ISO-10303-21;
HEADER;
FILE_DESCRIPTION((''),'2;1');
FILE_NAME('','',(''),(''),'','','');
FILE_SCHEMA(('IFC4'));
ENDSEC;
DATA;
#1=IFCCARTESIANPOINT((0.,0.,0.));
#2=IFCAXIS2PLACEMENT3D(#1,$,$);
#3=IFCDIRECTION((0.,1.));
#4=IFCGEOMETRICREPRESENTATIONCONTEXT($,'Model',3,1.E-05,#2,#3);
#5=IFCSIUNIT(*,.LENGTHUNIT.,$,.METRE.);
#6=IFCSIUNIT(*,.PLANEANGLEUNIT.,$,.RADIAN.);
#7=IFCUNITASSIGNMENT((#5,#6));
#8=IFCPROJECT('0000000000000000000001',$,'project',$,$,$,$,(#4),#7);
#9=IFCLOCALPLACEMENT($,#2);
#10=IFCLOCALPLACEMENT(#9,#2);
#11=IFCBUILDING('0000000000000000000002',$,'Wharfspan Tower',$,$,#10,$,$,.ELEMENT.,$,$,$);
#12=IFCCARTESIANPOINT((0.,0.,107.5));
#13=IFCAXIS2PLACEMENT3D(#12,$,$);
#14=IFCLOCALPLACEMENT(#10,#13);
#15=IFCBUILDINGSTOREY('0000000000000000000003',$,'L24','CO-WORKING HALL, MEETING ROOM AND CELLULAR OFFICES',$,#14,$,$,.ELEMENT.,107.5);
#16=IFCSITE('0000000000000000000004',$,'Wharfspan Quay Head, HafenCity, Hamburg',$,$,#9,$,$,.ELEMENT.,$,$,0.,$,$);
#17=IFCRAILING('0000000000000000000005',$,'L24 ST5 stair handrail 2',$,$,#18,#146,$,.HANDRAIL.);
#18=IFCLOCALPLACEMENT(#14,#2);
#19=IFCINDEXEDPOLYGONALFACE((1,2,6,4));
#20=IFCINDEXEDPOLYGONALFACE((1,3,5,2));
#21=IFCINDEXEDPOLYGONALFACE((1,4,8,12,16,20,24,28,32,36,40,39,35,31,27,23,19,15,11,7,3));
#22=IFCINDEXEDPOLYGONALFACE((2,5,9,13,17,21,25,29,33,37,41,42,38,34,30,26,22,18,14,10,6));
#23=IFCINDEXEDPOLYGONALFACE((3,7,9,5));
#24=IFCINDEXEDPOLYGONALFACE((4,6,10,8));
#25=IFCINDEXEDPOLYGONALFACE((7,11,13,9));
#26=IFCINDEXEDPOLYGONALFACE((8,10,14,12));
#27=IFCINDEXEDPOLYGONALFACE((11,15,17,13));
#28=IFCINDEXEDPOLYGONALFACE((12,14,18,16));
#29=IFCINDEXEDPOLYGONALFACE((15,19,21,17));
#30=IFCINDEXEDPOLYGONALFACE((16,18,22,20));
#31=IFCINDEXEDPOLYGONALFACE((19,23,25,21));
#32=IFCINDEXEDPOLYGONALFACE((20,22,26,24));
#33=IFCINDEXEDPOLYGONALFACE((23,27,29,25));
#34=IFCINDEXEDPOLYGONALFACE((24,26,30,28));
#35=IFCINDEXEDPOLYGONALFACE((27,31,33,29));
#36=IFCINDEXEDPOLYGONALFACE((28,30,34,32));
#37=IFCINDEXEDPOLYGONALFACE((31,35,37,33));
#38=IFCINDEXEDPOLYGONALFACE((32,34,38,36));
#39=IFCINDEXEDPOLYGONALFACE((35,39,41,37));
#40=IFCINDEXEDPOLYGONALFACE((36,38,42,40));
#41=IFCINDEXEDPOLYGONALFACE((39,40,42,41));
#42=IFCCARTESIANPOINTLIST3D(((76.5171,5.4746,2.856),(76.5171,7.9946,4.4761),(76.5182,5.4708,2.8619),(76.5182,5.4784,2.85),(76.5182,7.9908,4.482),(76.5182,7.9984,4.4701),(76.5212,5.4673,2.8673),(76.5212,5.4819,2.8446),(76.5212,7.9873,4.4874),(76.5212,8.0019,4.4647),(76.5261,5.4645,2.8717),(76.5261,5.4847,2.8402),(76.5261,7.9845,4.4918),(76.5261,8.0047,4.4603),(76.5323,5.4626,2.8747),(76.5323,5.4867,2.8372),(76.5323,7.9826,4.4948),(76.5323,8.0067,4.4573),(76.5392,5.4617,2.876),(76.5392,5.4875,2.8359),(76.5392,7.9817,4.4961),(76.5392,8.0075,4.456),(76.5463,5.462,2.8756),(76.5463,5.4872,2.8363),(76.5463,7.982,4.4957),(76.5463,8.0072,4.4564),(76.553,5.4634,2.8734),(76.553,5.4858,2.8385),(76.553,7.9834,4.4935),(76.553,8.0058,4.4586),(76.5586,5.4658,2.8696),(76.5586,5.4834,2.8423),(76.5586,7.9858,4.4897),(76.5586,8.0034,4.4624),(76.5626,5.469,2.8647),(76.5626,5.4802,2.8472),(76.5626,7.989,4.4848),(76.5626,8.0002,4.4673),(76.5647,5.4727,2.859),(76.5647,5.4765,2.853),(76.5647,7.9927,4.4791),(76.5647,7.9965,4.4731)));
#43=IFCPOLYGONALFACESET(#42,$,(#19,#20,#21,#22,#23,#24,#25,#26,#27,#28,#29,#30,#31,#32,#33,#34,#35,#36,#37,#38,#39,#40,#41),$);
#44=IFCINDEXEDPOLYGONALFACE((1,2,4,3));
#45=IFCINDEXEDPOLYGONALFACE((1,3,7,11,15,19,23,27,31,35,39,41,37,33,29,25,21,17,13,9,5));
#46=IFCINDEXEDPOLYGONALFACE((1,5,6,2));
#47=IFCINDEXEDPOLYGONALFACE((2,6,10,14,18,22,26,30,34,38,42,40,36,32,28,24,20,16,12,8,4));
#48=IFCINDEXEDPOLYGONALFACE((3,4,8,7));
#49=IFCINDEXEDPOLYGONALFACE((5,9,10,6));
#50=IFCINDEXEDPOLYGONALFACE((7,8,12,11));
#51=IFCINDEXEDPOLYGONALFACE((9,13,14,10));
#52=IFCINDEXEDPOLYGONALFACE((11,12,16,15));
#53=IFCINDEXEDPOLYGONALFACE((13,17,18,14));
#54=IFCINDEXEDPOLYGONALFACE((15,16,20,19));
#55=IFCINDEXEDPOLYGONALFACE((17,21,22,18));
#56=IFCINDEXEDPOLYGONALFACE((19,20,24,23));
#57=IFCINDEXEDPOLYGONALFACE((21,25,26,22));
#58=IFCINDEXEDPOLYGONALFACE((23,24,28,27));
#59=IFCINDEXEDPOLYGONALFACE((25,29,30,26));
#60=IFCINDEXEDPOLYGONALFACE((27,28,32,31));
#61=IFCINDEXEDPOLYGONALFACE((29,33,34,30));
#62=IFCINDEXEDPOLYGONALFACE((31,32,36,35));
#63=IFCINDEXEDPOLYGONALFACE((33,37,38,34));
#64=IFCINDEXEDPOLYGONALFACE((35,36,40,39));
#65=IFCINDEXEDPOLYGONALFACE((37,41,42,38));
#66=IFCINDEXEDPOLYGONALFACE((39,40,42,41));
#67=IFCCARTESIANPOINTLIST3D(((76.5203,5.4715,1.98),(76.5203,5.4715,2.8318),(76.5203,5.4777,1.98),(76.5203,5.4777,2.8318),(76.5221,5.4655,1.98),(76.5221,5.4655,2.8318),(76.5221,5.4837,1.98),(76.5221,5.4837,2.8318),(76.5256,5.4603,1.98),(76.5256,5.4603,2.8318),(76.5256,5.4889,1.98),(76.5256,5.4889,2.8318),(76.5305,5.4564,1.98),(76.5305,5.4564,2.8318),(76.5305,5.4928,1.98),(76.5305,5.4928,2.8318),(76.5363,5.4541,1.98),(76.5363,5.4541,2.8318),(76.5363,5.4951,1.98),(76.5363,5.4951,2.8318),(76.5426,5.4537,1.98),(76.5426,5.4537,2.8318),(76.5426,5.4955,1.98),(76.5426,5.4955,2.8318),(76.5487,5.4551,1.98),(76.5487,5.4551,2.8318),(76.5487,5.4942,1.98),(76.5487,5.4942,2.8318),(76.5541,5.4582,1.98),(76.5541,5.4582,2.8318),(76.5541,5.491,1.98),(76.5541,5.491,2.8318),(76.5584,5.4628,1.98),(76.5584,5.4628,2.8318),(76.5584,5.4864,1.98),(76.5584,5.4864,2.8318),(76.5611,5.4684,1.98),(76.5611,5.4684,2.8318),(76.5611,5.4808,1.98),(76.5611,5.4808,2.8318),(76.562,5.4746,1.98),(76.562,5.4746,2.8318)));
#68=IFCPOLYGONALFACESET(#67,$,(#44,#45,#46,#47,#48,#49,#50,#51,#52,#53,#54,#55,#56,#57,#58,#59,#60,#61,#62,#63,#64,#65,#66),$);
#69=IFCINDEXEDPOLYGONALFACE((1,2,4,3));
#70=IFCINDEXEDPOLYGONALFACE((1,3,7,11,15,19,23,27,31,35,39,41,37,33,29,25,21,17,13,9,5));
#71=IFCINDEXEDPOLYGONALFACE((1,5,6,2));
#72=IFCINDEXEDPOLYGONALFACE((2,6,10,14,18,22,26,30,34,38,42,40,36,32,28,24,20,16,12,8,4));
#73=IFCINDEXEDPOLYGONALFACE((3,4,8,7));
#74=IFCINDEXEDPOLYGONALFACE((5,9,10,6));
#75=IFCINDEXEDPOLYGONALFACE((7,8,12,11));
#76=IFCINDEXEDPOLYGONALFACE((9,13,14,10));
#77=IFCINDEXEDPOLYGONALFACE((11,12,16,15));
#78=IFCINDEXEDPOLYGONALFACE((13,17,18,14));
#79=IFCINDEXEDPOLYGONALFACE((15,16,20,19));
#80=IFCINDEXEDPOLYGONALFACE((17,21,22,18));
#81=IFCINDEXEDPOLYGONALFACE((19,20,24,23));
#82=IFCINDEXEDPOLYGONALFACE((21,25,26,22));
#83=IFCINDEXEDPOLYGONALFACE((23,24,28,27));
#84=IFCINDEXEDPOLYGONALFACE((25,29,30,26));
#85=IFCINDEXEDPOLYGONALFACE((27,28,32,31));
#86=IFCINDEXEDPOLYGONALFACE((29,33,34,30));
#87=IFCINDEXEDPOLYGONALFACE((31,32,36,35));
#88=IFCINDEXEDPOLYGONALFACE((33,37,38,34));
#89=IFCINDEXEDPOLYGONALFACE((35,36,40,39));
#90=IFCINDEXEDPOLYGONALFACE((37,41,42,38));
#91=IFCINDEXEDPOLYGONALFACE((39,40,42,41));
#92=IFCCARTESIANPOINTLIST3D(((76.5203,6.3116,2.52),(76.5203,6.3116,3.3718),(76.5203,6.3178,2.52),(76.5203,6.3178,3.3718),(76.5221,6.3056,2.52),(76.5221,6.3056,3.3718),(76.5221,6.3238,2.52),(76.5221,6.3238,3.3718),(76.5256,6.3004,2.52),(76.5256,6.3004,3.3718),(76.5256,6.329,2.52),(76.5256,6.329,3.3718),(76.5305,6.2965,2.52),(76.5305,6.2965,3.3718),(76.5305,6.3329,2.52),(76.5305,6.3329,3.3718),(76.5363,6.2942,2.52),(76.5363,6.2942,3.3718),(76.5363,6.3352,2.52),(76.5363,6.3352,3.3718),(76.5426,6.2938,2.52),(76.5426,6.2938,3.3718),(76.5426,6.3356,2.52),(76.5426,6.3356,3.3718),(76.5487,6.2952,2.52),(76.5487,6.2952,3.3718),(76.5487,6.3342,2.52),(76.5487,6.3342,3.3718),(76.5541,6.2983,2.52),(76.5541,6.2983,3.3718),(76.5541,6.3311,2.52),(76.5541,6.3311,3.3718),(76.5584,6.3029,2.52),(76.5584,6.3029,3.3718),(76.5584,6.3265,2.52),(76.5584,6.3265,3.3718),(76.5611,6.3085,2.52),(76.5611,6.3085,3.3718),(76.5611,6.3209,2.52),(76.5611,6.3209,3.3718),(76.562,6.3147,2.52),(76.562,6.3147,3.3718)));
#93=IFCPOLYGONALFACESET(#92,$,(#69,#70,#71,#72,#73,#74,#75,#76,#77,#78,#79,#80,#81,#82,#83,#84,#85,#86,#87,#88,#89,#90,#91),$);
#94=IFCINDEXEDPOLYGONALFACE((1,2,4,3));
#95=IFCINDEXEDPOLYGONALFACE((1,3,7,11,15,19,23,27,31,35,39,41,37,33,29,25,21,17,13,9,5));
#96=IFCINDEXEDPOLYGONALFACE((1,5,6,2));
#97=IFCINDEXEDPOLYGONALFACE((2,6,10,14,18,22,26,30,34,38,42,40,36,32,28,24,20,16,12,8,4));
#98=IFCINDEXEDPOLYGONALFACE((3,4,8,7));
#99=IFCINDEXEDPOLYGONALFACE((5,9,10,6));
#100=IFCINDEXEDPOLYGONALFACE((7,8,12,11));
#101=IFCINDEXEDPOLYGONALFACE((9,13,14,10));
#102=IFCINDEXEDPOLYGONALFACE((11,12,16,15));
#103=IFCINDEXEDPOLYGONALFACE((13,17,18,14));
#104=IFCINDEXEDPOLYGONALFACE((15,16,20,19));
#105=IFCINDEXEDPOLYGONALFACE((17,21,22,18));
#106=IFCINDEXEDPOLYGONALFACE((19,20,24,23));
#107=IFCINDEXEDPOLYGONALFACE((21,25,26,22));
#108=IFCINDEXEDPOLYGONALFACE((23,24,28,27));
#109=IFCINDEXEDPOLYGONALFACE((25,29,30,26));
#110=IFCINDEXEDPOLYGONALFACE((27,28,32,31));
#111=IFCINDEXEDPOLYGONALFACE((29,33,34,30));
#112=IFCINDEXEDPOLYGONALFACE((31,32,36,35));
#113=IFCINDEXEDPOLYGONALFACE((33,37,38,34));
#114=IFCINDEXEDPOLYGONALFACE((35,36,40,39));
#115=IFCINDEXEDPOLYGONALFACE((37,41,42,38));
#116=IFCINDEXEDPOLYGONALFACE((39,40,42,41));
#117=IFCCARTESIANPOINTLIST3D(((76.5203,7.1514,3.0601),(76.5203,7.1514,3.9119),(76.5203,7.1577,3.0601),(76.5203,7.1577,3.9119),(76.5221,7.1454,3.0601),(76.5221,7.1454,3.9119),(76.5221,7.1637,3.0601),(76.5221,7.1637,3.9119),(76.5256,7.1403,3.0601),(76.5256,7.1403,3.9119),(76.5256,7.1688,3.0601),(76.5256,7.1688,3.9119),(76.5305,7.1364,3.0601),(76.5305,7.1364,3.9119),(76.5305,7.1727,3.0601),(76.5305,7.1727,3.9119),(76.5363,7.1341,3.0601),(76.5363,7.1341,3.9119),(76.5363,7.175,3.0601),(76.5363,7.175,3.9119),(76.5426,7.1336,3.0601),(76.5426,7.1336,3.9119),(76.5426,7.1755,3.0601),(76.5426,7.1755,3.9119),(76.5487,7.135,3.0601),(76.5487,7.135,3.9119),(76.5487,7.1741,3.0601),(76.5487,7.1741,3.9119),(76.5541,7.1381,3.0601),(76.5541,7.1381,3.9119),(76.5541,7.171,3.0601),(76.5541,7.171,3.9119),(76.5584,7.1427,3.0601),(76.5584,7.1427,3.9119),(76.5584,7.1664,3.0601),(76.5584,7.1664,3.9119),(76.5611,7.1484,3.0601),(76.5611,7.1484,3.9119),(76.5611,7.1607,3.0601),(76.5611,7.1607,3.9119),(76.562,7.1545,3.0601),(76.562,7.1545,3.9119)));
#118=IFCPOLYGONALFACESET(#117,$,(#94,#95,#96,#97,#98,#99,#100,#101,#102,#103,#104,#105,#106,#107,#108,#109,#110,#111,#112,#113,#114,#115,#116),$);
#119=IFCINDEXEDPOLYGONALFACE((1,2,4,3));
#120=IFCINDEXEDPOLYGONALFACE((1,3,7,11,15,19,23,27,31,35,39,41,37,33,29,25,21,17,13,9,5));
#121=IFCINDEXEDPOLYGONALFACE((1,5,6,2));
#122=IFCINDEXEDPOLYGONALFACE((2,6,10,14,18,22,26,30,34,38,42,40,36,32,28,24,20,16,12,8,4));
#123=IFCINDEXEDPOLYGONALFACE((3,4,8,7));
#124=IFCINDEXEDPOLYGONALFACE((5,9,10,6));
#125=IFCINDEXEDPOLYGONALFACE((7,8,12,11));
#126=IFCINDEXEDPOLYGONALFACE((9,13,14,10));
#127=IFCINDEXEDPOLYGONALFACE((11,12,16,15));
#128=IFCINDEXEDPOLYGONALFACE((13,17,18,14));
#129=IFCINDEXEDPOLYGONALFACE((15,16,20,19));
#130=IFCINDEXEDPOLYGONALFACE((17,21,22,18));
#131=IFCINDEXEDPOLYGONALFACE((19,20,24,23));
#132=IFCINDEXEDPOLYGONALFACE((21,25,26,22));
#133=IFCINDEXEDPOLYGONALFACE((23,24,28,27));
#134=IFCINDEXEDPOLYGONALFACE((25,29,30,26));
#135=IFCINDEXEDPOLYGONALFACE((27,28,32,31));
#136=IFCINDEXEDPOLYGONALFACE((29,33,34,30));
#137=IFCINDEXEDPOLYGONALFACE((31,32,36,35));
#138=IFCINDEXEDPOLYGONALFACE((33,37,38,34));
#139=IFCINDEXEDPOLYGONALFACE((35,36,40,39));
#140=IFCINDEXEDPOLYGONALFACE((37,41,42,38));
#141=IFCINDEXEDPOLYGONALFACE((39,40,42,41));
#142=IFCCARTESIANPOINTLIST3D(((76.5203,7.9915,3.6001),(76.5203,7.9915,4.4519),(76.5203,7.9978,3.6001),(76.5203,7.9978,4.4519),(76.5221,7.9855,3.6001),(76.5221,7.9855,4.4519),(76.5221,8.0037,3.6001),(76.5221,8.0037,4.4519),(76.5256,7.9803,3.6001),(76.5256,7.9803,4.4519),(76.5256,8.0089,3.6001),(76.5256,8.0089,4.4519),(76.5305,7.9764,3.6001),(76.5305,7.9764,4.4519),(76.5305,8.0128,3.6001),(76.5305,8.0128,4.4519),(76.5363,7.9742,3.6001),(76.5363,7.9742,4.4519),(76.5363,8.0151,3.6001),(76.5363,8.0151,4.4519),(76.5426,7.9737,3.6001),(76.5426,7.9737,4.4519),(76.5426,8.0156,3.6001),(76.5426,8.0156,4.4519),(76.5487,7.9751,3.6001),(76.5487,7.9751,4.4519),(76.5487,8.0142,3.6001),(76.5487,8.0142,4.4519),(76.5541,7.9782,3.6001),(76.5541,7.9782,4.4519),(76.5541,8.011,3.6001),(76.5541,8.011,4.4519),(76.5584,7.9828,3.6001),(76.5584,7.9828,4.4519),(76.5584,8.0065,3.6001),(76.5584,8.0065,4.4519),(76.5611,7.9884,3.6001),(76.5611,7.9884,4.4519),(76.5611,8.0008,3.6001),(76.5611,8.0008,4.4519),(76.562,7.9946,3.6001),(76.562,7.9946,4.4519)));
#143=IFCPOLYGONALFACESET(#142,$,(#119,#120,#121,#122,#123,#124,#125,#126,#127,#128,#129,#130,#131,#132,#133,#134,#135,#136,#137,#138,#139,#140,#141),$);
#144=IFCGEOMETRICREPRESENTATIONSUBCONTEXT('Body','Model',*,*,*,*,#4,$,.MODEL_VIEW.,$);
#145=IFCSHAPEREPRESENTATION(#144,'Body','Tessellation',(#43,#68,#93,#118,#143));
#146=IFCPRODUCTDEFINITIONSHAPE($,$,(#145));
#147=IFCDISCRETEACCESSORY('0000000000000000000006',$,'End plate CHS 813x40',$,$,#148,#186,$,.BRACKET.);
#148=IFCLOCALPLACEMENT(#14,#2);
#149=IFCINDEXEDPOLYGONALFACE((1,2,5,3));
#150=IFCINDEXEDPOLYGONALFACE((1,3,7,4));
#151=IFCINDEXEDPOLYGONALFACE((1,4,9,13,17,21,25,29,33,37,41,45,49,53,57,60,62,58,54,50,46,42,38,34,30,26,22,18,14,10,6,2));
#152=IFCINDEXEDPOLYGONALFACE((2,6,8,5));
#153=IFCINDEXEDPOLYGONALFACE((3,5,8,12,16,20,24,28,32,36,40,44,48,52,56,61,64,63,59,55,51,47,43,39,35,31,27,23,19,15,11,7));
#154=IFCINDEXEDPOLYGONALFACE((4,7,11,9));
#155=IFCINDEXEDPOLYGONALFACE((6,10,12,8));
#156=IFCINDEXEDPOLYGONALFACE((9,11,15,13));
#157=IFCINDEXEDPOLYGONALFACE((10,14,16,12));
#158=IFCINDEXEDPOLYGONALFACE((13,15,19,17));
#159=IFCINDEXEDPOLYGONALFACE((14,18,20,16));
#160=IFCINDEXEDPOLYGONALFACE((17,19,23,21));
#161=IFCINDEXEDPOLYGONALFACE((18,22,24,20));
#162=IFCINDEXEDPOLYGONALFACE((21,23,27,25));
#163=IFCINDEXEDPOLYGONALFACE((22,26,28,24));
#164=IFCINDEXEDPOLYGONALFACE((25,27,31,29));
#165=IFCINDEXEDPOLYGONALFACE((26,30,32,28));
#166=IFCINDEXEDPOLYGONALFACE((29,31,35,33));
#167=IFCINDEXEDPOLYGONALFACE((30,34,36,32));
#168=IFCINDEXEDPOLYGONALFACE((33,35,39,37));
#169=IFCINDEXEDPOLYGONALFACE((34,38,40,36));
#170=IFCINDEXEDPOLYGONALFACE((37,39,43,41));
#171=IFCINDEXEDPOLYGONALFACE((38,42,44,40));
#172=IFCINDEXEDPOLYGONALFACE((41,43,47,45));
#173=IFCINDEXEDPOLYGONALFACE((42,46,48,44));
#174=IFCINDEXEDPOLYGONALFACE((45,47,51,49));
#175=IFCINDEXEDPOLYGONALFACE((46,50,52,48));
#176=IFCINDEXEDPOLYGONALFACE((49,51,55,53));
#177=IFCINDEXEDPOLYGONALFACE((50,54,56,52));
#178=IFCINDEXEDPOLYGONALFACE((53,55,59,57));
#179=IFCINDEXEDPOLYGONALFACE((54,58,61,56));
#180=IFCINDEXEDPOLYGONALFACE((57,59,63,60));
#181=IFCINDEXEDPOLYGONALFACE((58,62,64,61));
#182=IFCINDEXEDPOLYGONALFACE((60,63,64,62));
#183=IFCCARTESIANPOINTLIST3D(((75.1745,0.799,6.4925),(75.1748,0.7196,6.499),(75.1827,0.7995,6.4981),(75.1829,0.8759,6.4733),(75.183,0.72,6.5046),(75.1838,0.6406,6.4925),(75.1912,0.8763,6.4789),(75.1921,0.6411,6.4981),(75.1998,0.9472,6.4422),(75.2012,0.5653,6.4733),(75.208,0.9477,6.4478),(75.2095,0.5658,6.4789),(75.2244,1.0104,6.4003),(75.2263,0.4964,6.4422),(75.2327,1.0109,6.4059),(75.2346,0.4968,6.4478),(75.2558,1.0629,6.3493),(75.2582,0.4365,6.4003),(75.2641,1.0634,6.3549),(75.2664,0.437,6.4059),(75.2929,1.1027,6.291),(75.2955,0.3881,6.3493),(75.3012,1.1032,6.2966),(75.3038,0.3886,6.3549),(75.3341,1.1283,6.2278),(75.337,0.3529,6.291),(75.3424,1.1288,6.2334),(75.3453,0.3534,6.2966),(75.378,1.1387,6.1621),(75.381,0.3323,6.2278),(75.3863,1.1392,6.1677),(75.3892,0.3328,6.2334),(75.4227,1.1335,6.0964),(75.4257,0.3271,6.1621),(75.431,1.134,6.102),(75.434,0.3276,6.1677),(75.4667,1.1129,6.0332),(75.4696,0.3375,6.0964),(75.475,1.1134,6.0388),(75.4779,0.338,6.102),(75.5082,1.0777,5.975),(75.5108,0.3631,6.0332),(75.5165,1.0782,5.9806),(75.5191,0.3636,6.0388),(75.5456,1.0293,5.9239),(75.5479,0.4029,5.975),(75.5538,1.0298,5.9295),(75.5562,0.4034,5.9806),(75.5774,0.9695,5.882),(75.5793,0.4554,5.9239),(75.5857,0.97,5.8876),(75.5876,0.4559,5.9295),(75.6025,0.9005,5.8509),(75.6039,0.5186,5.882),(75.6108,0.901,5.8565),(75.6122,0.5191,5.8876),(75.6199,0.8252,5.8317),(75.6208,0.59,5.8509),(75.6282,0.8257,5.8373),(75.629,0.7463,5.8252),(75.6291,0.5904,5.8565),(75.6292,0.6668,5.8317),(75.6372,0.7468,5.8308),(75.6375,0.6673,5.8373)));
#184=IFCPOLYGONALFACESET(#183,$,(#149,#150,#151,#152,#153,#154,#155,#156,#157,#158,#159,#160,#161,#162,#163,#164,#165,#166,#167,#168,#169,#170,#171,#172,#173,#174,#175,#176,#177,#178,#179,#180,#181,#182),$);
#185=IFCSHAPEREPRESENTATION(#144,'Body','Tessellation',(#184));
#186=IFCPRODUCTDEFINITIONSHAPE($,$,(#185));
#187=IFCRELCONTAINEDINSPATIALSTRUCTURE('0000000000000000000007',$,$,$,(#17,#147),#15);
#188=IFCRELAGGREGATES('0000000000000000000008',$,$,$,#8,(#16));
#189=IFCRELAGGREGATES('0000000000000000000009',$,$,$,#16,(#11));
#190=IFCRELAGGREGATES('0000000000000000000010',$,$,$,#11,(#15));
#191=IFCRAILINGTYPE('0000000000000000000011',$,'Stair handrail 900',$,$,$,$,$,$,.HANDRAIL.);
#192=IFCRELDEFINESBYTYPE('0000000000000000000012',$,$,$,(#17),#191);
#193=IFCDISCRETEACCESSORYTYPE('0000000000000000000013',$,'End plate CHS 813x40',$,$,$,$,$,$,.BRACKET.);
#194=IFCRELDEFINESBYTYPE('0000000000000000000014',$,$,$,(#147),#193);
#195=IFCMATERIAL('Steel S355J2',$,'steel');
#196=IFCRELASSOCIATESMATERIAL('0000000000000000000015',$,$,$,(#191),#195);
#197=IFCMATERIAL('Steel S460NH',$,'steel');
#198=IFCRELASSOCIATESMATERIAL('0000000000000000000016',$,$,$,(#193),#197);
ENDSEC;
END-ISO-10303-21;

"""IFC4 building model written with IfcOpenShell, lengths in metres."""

from ifc_helpers import new_model, si_unit, direction, frame, origin, origin_2d, place, context, subcontext, project, spatial, circle, extrude, material, material_profile, profile_set, type_object, element, save


model = new_model("IFC4")

# Units and contexts
model_context = context("Model", 3, precision=1e-05, world=origin(), true_north=direction((0.0, 1.0)))
body_context = subcontext(model_context, "Body", "Model", "MODEL_VIEW")
ifc_project = project(units=[si_unit("LENGTHUNIT", "METRE"), si_unit("PLANEANGLEUNIT", "RADIAN")], contexts=[model_context])

# Site, building, storey
site_placement = place(None, origin())
site = spatial("IfcSite", under=ifc_project, at=site_placement, Name="Wharfspan Quay Head, HafenCity, Hamburg", CompositionType="ELEMENT", RefElevation=0.0)
building_placement = place(site_placement, origin())
building = spatial("IfcBuilding", under=site, at=building_placement, Name="Wharfspan Tower", CompositionType="ELEMENT")
storey_placement = place(building_placement, frame((0.0, 0.0, 107.5)))
storey = spatial("IfcBuildingStorey", under=building, at=storey_placement, Name="L24", Description="CO-WORKING HALL, MEETING ROOM AND CELLULAR OFFICES", CompositionType="ELEMENT", Elevation=107.5)

# Shared definitions
ifc_material_1 = material(Name="Steel S355J2", Category="steel")

# Shared definitions
ifc_material_2 = material(Name="Steel S460NH", Category="steel")

# Railing
railing_type_1 = type_object("IfcRailingType", Name="Stair handrail 900", PredefinedType="HANDRAIL", material=ifc_material_1)
railing_1_placement = place(storey_placement, frame((76.541, 5.4746, 1.98)))
element("IfcRailing", 1, at=railing_1_placement, inside=storey, type_object=railing_type_1, Name="L24 ST5 stair handrail 2", PredefinedType="HANDRAIL", context=body_context, shape_type="SweptSolid", body=[
    extrude(circle(Radius=0.0239, at=origin_2d()), frame((0.0, 0.0, 0.876), z_axis=(0.0, 0.841163, 0.540782), x_axis=(-1.0, 0.0, 0.0)), (0.0, 0.0, 1.0), 2.9958),
    extrude(circle(Radius=0.021, at=origin_2d()), origin(), (0.0, 0.0, 1.0), 0.8518),
    extrude(circle(Radius=0.021, at=origin_2d()), frame((0.0, 0.8401, 0.54)), (0.0, 0.0, 1.0), 0.8518),
    extrude(circle(Radius=0.021, at=origin_2d()), frame((0.0, 1.6799, 1.0801)), (0.0, 0.0, 1.0), 0.8518),
    extrude(circle(Radius=0.021, at=origin_2d()), frame((0.0, 2.52, 1.6201)), (0.0, 0.0, 1.0), 0.8518),
])

# Discrete accessory
ifc_material_profile_1 = material_profile(ifc_material_2, circle(Radius=0.4065, at=origin_2d()))
ifc_profile_set_1 = profile_set([ifc_material_profile_1], Name="Steel S460NH")
discrete_accessory_type = type_object("IfcDiscreteAccessoryType", Name="End plate CHS 813x40", PredefinedType="BRACKET", material=ifc_profile_set_1)
discrete_accessory_1_placement = place(storey_placement, frame((75.4019, 0.7329, 6.1621), z_axis=(0.827302, 0.048665, 0.559645), x_axis=(-0.058723, 0.998276, 0.000001)))
element("IfcDiscreteAccessory", 2, at=discrete_accessory_1_placement, inside=storey, type_object=discrete_accessory_type, Name="End plate CHS 813x40", PredefinedType="BRACKET", context=body_context, shape_type="SweptSolid", body=[
    extrude(circle(Radius=0.4065, at=origin_2d()), origin(), (0.0, 0.0, 1.0), 0.01),
])

save(model, "model.ifc")
